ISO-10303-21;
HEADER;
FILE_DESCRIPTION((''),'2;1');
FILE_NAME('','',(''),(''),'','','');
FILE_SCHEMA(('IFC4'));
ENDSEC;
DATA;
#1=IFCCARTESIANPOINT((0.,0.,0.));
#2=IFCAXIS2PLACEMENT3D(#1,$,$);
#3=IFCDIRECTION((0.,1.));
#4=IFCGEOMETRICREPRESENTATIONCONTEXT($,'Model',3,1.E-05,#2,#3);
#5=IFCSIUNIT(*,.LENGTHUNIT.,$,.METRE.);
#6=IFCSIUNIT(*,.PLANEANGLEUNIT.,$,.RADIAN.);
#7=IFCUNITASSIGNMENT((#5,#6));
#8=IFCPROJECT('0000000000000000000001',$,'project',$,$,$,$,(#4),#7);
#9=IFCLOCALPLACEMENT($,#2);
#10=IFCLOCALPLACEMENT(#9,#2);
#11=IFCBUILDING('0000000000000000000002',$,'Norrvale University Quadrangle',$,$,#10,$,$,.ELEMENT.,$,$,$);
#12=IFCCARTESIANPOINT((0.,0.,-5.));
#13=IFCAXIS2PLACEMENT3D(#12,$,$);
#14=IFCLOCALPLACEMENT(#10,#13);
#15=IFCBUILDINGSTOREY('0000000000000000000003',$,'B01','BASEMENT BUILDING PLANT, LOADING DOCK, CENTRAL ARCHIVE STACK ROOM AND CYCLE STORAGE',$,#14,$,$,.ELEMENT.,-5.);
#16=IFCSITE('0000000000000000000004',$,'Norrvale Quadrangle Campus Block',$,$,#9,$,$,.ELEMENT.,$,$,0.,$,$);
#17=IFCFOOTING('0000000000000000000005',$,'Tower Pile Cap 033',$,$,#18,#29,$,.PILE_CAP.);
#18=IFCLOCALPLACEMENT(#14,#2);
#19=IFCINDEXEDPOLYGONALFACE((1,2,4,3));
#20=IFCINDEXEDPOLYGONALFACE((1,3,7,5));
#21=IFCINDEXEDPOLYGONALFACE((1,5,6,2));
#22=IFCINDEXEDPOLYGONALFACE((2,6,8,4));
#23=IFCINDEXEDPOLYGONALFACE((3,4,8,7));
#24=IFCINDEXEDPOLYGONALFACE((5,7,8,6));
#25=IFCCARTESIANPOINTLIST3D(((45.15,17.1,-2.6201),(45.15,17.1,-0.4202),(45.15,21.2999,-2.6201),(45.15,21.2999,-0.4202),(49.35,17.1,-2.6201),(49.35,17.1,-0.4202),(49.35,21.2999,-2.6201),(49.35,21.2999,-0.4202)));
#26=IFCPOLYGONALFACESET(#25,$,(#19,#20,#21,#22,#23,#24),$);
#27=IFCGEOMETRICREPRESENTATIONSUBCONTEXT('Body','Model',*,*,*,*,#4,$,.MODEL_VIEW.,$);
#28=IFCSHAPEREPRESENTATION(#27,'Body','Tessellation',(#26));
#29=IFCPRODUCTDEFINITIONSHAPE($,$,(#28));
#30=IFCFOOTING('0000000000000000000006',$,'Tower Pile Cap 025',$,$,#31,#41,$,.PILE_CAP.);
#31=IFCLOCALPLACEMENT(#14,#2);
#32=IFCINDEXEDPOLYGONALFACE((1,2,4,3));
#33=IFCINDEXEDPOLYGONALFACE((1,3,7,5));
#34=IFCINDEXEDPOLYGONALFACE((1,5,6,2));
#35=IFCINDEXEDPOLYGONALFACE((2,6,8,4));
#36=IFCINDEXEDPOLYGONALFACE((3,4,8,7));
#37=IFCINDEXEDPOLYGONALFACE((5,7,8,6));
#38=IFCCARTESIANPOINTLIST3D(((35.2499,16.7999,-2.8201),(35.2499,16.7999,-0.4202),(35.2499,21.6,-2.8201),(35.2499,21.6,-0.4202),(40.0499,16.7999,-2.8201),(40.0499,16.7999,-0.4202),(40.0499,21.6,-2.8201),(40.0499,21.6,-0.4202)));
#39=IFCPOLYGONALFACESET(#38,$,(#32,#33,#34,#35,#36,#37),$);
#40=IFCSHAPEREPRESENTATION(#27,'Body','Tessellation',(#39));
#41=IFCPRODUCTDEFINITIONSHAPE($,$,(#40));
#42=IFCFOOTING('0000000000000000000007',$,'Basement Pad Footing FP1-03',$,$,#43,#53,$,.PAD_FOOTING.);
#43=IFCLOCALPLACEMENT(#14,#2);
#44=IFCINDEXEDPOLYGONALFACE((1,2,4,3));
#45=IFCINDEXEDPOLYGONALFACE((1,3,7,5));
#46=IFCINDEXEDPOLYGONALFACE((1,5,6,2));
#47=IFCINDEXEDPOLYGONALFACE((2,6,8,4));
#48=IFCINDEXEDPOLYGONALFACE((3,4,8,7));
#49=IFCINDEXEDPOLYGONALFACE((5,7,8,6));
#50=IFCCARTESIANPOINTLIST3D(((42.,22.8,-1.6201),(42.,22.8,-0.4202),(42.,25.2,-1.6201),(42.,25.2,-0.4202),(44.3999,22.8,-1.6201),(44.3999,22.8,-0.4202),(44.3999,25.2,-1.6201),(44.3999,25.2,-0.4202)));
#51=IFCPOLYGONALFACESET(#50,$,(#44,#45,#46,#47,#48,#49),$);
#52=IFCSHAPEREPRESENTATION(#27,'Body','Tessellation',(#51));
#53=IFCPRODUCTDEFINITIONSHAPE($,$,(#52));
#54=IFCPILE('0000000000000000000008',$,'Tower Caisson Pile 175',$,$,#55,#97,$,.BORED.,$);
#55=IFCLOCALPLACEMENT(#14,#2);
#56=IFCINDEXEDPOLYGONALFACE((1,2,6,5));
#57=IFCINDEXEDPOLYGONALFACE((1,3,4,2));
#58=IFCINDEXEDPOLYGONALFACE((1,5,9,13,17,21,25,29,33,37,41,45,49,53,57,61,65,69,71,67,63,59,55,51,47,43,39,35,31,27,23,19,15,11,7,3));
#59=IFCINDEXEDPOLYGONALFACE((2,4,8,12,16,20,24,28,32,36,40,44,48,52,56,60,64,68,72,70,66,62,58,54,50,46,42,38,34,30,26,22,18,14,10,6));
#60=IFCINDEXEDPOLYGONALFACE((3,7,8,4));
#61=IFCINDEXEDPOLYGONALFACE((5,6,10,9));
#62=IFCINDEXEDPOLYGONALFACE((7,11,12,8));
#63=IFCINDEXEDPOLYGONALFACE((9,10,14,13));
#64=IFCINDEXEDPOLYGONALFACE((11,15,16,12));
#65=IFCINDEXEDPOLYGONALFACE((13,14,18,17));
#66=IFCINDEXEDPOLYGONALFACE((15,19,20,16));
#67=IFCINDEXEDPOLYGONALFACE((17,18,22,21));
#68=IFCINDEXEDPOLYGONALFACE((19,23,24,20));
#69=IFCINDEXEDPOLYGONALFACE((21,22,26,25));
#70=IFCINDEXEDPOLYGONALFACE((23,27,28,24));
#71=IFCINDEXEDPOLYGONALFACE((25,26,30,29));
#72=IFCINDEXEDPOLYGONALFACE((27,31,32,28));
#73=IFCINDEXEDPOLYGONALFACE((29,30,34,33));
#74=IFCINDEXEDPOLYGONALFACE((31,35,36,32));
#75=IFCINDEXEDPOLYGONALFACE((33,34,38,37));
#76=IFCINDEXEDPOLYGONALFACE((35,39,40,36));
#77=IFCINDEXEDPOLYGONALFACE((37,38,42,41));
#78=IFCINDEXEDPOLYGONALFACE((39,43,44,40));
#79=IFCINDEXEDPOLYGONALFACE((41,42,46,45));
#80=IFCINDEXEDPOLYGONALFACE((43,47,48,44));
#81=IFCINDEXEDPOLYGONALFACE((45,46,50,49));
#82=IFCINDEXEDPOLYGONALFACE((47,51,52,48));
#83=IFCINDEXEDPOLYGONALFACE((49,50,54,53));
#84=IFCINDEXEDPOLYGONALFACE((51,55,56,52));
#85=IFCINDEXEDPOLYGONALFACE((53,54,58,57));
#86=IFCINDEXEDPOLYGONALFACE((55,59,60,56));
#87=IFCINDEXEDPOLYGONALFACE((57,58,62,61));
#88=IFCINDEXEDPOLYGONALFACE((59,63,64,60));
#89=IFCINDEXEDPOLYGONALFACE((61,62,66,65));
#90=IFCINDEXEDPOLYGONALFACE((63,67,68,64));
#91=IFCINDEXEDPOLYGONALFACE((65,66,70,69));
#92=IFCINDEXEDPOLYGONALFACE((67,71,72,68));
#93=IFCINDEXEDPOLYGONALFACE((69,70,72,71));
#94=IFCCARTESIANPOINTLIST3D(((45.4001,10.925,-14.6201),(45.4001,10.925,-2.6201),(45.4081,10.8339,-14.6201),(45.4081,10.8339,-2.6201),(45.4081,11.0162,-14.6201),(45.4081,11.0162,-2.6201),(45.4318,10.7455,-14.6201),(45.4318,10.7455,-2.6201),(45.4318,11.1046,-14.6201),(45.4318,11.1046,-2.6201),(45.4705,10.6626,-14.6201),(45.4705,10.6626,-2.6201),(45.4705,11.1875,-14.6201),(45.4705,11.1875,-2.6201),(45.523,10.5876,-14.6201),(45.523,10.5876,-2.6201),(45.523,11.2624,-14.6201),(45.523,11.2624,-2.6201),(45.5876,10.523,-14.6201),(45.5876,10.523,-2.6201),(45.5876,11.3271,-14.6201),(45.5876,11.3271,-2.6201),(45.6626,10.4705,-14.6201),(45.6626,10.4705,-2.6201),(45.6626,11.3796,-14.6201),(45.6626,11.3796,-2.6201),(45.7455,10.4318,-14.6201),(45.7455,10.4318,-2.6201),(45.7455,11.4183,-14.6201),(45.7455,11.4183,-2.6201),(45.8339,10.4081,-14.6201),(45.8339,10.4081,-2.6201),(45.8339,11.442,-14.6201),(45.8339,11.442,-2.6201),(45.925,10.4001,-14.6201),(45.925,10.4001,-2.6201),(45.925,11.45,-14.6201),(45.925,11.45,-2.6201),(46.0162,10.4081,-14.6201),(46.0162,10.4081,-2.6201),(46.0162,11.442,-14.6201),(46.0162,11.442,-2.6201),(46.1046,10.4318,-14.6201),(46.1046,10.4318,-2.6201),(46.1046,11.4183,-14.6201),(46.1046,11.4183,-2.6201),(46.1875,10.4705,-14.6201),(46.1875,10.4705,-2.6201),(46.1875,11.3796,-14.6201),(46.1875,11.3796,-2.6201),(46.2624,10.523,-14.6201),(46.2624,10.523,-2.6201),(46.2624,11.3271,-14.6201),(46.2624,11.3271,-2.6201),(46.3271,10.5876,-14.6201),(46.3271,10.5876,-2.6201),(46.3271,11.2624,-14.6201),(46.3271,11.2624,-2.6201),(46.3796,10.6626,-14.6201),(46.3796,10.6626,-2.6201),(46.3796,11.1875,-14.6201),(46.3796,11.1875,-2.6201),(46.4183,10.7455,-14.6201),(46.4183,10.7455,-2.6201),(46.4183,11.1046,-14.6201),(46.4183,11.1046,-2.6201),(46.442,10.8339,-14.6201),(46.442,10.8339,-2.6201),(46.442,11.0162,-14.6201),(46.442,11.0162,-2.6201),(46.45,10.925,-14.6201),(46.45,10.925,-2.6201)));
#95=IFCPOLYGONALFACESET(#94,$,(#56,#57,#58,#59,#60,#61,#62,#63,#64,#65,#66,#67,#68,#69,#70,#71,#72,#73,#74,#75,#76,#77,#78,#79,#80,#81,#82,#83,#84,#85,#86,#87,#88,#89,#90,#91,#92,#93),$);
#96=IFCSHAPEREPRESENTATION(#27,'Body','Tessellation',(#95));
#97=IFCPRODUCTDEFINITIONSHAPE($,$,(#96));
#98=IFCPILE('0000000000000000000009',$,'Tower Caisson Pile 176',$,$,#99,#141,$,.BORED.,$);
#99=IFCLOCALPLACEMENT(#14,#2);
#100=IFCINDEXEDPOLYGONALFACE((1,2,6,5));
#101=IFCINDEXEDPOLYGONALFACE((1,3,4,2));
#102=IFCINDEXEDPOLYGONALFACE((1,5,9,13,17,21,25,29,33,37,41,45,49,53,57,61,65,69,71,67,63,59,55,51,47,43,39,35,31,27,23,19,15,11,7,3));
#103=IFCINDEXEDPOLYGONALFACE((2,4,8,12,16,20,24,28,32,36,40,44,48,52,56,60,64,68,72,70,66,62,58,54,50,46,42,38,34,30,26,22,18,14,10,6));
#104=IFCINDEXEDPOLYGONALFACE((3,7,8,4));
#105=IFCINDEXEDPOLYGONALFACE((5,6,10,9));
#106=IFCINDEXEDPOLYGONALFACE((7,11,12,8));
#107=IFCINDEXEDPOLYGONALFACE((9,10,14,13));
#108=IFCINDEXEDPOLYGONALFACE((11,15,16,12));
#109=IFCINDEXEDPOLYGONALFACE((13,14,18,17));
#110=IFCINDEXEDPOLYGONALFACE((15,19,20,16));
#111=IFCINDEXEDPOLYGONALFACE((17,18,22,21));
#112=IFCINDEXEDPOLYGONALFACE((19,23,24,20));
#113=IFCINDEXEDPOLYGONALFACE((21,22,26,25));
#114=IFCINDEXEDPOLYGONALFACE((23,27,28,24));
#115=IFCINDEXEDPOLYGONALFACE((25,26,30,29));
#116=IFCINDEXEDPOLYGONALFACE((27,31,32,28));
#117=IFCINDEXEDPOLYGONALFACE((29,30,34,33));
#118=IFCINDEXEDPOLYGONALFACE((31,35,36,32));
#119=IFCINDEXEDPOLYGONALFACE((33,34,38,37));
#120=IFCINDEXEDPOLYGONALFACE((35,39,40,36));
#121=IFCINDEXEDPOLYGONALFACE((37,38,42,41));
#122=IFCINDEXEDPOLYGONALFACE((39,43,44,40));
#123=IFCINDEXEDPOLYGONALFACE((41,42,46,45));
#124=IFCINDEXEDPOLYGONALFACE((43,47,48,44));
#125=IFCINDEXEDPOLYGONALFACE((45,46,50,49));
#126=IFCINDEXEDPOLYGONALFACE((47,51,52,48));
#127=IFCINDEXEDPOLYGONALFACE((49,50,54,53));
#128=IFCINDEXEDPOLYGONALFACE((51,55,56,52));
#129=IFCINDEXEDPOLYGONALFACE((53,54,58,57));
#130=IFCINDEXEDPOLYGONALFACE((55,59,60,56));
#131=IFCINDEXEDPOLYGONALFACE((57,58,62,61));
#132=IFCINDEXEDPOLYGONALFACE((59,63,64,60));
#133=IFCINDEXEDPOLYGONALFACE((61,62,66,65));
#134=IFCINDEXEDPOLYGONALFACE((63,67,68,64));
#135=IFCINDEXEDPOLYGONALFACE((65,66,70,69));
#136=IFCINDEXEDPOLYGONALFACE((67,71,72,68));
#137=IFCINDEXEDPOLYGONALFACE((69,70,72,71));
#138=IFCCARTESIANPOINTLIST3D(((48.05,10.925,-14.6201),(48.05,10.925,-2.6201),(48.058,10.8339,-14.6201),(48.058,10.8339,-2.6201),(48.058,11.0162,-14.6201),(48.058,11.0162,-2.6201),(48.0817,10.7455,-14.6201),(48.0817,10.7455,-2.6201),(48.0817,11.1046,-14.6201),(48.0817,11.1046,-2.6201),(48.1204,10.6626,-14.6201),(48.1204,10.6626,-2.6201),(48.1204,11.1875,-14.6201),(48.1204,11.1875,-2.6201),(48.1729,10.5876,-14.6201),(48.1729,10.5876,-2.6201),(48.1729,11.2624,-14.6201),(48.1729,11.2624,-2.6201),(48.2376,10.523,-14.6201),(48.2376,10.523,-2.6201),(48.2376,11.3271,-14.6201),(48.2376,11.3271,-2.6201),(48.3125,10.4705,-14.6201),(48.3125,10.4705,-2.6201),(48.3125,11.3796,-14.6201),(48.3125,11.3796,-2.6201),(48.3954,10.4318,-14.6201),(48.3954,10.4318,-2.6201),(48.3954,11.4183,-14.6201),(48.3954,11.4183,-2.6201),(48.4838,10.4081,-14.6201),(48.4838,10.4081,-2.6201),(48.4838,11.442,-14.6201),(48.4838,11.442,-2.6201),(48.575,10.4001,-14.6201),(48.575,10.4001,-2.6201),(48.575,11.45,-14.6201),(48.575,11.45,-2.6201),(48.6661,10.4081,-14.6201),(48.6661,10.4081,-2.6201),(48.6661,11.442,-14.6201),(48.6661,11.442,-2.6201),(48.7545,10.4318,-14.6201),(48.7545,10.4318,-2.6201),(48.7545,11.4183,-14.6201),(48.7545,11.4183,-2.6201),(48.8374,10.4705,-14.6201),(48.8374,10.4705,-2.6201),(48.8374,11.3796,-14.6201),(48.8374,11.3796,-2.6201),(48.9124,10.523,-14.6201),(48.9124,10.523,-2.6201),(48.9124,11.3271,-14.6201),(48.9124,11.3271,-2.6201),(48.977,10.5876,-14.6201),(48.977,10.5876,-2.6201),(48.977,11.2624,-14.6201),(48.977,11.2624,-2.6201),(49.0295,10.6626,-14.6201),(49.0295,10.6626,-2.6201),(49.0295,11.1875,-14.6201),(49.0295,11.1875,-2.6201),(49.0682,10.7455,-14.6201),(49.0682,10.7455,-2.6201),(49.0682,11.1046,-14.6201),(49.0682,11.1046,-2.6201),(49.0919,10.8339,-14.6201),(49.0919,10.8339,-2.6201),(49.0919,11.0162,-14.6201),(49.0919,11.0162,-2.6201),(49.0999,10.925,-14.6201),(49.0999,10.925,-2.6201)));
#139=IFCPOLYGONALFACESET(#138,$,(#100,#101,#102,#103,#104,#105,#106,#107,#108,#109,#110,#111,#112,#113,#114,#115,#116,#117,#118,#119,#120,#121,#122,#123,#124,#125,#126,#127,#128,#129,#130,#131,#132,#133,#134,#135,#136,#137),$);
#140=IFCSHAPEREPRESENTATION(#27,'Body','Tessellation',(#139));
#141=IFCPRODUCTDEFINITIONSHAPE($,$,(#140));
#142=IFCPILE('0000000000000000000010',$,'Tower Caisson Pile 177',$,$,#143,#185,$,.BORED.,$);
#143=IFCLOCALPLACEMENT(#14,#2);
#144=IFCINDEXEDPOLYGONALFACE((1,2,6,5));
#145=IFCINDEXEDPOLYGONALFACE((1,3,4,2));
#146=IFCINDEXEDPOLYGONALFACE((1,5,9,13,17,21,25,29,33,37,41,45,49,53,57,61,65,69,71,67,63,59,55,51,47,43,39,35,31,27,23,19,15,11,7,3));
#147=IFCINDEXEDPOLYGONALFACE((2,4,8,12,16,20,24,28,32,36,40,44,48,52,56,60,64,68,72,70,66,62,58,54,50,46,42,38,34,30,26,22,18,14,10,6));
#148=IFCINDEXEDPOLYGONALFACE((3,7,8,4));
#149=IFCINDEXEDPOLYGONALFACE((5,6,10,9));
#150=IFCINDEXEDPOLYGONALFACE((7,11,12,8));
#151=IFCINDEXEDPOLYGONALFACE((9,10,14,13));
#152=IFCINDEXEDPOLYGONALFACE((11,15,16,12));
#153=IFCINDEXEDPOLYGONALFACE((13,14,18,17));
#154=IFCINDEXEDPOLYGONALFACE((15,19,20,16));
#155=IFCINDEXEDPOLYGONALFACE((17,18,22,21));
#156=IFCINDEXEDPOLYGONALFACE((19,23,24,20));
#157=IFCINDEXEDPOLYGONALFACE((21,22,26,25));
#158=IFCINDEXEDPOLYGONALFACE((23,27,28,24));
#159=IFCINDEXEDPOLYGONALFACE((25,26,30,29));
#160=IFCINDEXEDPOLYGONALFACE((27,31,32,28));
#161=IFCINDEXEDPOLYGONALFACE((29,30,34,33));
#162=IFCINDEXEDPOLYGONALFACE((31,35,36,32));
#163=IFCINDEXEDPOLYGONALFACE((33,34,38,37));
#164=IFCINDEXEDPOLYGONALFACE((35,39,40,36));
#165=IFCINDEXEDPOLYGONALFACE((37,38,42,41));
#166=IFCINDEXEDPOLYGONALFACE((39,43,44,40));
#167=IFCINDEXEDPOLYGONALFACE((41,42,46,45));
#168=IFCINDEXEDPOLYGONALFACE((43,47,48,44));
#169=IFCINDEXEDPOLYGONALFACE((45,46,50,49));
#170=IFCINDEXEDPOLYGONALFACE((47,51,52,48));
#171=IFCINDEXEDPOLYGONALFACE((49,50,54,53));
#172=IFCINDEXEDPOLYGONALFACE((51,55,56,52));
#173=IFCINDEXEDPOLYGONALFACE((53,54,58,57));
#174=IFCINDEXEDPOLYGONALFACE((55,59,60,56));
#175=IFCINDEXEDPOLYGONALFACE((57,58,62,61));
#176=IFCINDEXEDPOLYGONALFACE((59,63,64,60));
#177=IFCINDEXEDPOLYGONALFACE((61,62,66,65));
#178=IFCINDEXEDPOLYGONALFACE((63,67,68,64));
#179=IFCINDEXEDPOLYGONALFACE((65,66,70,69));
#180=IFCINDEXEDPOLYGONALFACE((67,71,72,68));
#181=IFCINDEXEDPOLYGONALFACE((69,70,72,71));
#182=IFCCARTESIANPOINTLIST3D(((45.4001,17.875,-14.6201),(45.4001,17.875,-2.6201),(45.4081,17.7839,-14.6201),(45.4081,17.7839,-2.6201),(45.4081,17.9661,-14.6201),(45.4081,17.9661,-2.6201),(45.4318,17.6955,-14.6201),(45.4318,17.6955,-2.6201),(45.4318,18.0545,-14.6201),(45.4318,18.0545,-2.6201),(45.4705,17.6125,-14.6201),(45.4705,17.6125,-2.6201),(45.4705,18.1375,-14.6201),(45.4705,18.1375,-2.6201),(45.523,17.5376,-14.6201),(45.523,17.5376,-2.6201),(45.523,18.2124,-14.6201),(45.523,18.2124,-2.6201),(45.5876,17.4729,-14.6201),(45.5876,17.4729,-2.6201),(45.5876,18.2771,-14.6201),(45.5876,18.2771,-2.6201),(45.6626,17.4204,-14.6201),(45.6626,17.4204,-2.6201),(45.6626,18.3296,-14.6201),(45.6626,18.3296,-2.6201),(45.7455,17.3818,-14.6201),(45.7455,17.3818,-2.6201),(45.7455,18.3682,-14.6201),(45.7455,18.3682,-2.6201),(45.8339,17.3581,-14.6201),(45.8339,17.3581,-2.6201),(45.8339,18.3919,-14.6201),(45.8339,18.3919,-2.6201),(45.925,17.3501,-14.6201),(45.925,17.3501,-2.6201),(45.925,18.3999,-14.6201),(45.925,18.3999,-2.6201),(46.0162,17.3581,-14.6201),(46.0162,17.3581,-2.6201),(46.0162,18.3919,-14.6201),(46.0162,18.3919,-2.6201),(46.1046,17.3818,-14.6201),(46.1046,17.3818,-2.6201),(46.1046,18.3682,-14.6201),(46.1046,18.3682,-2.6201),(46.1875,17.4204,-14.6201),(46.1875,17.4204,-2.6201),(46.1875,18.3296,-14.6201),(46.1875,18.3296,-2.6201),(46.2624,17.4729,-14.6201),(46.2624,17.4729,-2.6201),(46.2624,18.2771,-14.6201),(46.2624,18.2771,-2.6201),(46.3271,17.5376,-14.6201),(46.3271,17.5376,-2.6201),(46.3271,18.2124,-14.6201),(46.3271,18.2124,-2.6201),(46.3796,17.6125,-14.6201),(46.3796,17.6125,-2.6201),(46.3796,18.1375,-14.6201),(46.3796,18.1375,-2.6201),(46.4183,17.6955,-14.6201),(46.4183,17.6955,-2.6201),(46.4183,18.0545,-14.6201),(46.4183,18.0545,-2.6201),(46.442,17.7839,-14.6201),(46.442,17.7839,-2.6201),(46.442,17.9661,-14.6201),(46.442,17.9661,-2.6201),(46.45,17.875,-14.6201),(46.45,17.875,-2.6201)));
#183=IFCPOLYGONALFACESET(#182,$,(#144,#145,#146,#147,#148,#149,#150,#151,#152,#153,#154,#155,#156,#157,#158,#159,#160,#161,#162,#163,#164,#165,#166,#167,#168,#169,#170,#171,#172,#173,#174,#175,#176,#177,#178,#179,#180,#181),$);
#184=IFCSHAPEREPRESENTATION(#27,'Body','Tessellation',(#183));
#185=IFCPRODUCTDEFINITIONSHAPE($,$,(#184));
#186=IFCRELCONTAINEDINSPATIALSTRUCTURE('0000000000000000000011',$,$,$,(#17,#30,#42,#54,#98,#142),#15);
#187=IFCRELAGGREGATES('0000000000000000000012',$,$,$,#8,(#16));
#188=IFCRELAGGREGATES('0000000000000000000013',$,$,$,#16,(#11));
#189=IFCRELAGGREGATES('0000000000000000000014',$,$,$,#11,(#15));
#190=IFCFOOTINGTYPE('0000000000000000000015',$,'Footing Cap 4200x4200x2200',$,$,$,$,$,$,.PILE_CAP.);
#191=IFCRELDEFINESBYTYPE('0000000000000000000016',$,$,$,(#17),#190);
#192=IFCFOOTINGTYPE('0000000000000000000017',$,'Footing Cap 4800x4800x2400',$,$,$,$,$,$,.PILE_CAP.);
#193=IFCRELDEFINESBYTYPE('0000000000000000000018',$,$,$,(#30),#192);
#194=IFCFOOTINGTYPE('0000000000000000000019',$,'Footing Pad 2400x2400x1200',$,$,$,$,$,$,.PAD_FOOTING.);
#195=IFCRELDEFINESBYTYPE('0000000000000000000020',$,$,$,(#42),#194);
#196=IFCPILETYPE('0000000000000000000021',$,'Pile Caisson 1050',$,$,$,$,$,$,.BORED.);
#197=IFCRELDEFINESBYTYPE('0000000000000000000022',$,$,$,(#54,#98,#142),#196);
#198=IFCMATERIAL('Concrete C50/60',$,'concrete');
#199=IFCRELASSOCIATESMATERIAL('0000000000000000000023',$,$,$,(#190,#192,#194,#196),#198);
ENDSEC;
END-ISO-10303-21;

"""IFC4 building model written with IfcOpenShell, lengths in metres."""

from ifc_helpers import new_model, si_unit, direction, frame, origin, origin_2d, place, context, subcontext, project, spatial, rectangle, circle, extrude, material, material_profile, profile_set, type_object, element, save


model = new_model("IFC4")

# Units and contexts
model_context = context("Model", 3, precision=1e-05, world=origin(), true_north=direction((0.0, 1.0)))
body_context = subcontext(model_context, "Body", "Model", "MODEL_VIEW")
ifc_project = project(units=[si_unit("LENGTHUNIT", "METRE"), si_unit("PLANEANGLEUNIT", "RADIAN")], contexts=[model_context])

# Site, building, storey
site_placement = place(None, origin())
site = spatial("IfcSite", under=ifc_project, at=site_placement, Name="Norrvale Quadrangle Campus Block", CompositionType="ELEMENT", RefElevation=0.0)
building_placement = place(site_placement, origin())
building = spatial("IfcBuilding", under=site, at=building_placement, Name="Norrvale University Quadrangle", CompositionType="ELEMENT")
storey_placement = place(building_placement, frame((0.0, 0.0, -5.0)))
storey = spatial("IfcBuildingStorey", under=building, at=storey_placement, Name="B01", Description="BASEMENT BUILDING PLANT, LOADING DOCK, CENTRAL ARCHIVE STACK ROOM AND CYCLE STORAGE", CompositionType="ELEMENT", Elevation=-5.0)

# Footings
ifc_material_1 = material(Name="Concrete C50/60", Category="concrete")
footing_type_1 = type_object("IfcFootingType", Name="Footing Cap 4200x4200x2200", PredefinedType="PILE_CAP", material=ifc_material_1)
footing_1_placement = place(storey_placement, frame((47.25, 19.2, -2.6201), z_axis=(0.0, 0.0, 1.0), x_axis=(1.0, 0.0, 0.0)))
element("IfcFooting", 1, at=footing_1_placement, inside=storey, type_object=footing_type_1, Name="Tower Pile Cap 033", PredefinedType="PILE_CAP", context=body_context, shape_type="SweptSolid", body=[
    extrude(rectangle(XDim=4.2, YDim=4.2, at=origin_2d()), origin(), (0.0, 0.0, 1.0), 2.2),
])
footing_type_2 = type_object("IfcFootingType", Name="Footing Cap 4800x4800x2400", PredefinedType="PILE_CAP", material=ifc_material_1)
footing_2_placement = place(storey_placement, frame((37.6499, 19.2, -2.8201), z_axis=(0.0, 0.0, 1.0), x_axis=(1.0, 0.0, 0.0)))
element("IfcFooting", 2, at=footing_2_placement, inside=storey, type_object=footing_type_2, Name="Tower Pile Cap 025", PredefinedType="PILE_CAP", context=body_context, shape_type="SweptSolid", body=[
    extrude(rectangle(XDim=4.8, YDim=4.8, at=origin_2d()), origin(), (0.0, 0.0, 1.0), 2.3999),
])
footing_type_3 = type_object("IfcFootingType", Name="Footing Pad 2400x2400x1200", PredefinedType="PAD_FOOTING", material=ifc_material_1)
footing_3_placement = place(storey_placement, frame((43.2, 24.0, -1.6201), z_axis=(0.0, 0.0, 1.0), x_axis=(1.0, 0.0, 0.0)))
element("IfcFooting", 3, at=footing_3_placement, inside=storey, type_object=footing_type_3, Name="Basement Pad Footing FP1-03", PredefinedType="PAD_FOOTING", context=body_context, shape_type="SweptSolid", body=[
    extrude(rectangle(XDim=2.3999, YDim=2.3999, at=origin_2d()), origin(), (0.0, 0.0, 1.0), 1.2),
])

# Piles
ifc_material_profile_1 = material_profile(ifc_material_1, circle(Radius=0.5249, at=origin_2d()), Name="Concrete C50/60")
ifc_profile_set_1 = profile_set([ifc_material_profile_1], Name="Concrete C50/60")
pile_type_1 = type_object("IfcPileType", Name="Pile Caisson 1050", PredefinedType="BORED", material=ifc_profile_set_1)
for number, where, z_axis, x_axis, name in (
    (4, (45.925, 10.925, -2.6201), (0.0, 0.0, -1.0), (1.0, 0.0, 0.0), "Tower Caisson Pile 175"),
    (5, (48.575, 10.925, -2.6201), (0.0, 0.0, -1.0), (1.0, 0.0, 0.0), "Tower Caisson Pile 176"),
    (6, (45.925, 17.875, -2.6201), (0.0, 0.0, -1.0), (1.0, 0.0, 0.0), "Tower Caisson Pile 177"),
):
    element("IfcPile", number, at=place(storey_placement, frame(where, z_axis=z_axis, x_axis=x_axis)), inside=storey, type_object=pile_type_1, Name=name, PredefinedType="BORED", context=body_context, shape_type="SweptSolid", body=[
        extrude(circle(Radius=0.5249, at=origin_2d()), origin(), (0.0, 0.0, 1.0), 12.0),
    ])

save(model, "model.ifc")
